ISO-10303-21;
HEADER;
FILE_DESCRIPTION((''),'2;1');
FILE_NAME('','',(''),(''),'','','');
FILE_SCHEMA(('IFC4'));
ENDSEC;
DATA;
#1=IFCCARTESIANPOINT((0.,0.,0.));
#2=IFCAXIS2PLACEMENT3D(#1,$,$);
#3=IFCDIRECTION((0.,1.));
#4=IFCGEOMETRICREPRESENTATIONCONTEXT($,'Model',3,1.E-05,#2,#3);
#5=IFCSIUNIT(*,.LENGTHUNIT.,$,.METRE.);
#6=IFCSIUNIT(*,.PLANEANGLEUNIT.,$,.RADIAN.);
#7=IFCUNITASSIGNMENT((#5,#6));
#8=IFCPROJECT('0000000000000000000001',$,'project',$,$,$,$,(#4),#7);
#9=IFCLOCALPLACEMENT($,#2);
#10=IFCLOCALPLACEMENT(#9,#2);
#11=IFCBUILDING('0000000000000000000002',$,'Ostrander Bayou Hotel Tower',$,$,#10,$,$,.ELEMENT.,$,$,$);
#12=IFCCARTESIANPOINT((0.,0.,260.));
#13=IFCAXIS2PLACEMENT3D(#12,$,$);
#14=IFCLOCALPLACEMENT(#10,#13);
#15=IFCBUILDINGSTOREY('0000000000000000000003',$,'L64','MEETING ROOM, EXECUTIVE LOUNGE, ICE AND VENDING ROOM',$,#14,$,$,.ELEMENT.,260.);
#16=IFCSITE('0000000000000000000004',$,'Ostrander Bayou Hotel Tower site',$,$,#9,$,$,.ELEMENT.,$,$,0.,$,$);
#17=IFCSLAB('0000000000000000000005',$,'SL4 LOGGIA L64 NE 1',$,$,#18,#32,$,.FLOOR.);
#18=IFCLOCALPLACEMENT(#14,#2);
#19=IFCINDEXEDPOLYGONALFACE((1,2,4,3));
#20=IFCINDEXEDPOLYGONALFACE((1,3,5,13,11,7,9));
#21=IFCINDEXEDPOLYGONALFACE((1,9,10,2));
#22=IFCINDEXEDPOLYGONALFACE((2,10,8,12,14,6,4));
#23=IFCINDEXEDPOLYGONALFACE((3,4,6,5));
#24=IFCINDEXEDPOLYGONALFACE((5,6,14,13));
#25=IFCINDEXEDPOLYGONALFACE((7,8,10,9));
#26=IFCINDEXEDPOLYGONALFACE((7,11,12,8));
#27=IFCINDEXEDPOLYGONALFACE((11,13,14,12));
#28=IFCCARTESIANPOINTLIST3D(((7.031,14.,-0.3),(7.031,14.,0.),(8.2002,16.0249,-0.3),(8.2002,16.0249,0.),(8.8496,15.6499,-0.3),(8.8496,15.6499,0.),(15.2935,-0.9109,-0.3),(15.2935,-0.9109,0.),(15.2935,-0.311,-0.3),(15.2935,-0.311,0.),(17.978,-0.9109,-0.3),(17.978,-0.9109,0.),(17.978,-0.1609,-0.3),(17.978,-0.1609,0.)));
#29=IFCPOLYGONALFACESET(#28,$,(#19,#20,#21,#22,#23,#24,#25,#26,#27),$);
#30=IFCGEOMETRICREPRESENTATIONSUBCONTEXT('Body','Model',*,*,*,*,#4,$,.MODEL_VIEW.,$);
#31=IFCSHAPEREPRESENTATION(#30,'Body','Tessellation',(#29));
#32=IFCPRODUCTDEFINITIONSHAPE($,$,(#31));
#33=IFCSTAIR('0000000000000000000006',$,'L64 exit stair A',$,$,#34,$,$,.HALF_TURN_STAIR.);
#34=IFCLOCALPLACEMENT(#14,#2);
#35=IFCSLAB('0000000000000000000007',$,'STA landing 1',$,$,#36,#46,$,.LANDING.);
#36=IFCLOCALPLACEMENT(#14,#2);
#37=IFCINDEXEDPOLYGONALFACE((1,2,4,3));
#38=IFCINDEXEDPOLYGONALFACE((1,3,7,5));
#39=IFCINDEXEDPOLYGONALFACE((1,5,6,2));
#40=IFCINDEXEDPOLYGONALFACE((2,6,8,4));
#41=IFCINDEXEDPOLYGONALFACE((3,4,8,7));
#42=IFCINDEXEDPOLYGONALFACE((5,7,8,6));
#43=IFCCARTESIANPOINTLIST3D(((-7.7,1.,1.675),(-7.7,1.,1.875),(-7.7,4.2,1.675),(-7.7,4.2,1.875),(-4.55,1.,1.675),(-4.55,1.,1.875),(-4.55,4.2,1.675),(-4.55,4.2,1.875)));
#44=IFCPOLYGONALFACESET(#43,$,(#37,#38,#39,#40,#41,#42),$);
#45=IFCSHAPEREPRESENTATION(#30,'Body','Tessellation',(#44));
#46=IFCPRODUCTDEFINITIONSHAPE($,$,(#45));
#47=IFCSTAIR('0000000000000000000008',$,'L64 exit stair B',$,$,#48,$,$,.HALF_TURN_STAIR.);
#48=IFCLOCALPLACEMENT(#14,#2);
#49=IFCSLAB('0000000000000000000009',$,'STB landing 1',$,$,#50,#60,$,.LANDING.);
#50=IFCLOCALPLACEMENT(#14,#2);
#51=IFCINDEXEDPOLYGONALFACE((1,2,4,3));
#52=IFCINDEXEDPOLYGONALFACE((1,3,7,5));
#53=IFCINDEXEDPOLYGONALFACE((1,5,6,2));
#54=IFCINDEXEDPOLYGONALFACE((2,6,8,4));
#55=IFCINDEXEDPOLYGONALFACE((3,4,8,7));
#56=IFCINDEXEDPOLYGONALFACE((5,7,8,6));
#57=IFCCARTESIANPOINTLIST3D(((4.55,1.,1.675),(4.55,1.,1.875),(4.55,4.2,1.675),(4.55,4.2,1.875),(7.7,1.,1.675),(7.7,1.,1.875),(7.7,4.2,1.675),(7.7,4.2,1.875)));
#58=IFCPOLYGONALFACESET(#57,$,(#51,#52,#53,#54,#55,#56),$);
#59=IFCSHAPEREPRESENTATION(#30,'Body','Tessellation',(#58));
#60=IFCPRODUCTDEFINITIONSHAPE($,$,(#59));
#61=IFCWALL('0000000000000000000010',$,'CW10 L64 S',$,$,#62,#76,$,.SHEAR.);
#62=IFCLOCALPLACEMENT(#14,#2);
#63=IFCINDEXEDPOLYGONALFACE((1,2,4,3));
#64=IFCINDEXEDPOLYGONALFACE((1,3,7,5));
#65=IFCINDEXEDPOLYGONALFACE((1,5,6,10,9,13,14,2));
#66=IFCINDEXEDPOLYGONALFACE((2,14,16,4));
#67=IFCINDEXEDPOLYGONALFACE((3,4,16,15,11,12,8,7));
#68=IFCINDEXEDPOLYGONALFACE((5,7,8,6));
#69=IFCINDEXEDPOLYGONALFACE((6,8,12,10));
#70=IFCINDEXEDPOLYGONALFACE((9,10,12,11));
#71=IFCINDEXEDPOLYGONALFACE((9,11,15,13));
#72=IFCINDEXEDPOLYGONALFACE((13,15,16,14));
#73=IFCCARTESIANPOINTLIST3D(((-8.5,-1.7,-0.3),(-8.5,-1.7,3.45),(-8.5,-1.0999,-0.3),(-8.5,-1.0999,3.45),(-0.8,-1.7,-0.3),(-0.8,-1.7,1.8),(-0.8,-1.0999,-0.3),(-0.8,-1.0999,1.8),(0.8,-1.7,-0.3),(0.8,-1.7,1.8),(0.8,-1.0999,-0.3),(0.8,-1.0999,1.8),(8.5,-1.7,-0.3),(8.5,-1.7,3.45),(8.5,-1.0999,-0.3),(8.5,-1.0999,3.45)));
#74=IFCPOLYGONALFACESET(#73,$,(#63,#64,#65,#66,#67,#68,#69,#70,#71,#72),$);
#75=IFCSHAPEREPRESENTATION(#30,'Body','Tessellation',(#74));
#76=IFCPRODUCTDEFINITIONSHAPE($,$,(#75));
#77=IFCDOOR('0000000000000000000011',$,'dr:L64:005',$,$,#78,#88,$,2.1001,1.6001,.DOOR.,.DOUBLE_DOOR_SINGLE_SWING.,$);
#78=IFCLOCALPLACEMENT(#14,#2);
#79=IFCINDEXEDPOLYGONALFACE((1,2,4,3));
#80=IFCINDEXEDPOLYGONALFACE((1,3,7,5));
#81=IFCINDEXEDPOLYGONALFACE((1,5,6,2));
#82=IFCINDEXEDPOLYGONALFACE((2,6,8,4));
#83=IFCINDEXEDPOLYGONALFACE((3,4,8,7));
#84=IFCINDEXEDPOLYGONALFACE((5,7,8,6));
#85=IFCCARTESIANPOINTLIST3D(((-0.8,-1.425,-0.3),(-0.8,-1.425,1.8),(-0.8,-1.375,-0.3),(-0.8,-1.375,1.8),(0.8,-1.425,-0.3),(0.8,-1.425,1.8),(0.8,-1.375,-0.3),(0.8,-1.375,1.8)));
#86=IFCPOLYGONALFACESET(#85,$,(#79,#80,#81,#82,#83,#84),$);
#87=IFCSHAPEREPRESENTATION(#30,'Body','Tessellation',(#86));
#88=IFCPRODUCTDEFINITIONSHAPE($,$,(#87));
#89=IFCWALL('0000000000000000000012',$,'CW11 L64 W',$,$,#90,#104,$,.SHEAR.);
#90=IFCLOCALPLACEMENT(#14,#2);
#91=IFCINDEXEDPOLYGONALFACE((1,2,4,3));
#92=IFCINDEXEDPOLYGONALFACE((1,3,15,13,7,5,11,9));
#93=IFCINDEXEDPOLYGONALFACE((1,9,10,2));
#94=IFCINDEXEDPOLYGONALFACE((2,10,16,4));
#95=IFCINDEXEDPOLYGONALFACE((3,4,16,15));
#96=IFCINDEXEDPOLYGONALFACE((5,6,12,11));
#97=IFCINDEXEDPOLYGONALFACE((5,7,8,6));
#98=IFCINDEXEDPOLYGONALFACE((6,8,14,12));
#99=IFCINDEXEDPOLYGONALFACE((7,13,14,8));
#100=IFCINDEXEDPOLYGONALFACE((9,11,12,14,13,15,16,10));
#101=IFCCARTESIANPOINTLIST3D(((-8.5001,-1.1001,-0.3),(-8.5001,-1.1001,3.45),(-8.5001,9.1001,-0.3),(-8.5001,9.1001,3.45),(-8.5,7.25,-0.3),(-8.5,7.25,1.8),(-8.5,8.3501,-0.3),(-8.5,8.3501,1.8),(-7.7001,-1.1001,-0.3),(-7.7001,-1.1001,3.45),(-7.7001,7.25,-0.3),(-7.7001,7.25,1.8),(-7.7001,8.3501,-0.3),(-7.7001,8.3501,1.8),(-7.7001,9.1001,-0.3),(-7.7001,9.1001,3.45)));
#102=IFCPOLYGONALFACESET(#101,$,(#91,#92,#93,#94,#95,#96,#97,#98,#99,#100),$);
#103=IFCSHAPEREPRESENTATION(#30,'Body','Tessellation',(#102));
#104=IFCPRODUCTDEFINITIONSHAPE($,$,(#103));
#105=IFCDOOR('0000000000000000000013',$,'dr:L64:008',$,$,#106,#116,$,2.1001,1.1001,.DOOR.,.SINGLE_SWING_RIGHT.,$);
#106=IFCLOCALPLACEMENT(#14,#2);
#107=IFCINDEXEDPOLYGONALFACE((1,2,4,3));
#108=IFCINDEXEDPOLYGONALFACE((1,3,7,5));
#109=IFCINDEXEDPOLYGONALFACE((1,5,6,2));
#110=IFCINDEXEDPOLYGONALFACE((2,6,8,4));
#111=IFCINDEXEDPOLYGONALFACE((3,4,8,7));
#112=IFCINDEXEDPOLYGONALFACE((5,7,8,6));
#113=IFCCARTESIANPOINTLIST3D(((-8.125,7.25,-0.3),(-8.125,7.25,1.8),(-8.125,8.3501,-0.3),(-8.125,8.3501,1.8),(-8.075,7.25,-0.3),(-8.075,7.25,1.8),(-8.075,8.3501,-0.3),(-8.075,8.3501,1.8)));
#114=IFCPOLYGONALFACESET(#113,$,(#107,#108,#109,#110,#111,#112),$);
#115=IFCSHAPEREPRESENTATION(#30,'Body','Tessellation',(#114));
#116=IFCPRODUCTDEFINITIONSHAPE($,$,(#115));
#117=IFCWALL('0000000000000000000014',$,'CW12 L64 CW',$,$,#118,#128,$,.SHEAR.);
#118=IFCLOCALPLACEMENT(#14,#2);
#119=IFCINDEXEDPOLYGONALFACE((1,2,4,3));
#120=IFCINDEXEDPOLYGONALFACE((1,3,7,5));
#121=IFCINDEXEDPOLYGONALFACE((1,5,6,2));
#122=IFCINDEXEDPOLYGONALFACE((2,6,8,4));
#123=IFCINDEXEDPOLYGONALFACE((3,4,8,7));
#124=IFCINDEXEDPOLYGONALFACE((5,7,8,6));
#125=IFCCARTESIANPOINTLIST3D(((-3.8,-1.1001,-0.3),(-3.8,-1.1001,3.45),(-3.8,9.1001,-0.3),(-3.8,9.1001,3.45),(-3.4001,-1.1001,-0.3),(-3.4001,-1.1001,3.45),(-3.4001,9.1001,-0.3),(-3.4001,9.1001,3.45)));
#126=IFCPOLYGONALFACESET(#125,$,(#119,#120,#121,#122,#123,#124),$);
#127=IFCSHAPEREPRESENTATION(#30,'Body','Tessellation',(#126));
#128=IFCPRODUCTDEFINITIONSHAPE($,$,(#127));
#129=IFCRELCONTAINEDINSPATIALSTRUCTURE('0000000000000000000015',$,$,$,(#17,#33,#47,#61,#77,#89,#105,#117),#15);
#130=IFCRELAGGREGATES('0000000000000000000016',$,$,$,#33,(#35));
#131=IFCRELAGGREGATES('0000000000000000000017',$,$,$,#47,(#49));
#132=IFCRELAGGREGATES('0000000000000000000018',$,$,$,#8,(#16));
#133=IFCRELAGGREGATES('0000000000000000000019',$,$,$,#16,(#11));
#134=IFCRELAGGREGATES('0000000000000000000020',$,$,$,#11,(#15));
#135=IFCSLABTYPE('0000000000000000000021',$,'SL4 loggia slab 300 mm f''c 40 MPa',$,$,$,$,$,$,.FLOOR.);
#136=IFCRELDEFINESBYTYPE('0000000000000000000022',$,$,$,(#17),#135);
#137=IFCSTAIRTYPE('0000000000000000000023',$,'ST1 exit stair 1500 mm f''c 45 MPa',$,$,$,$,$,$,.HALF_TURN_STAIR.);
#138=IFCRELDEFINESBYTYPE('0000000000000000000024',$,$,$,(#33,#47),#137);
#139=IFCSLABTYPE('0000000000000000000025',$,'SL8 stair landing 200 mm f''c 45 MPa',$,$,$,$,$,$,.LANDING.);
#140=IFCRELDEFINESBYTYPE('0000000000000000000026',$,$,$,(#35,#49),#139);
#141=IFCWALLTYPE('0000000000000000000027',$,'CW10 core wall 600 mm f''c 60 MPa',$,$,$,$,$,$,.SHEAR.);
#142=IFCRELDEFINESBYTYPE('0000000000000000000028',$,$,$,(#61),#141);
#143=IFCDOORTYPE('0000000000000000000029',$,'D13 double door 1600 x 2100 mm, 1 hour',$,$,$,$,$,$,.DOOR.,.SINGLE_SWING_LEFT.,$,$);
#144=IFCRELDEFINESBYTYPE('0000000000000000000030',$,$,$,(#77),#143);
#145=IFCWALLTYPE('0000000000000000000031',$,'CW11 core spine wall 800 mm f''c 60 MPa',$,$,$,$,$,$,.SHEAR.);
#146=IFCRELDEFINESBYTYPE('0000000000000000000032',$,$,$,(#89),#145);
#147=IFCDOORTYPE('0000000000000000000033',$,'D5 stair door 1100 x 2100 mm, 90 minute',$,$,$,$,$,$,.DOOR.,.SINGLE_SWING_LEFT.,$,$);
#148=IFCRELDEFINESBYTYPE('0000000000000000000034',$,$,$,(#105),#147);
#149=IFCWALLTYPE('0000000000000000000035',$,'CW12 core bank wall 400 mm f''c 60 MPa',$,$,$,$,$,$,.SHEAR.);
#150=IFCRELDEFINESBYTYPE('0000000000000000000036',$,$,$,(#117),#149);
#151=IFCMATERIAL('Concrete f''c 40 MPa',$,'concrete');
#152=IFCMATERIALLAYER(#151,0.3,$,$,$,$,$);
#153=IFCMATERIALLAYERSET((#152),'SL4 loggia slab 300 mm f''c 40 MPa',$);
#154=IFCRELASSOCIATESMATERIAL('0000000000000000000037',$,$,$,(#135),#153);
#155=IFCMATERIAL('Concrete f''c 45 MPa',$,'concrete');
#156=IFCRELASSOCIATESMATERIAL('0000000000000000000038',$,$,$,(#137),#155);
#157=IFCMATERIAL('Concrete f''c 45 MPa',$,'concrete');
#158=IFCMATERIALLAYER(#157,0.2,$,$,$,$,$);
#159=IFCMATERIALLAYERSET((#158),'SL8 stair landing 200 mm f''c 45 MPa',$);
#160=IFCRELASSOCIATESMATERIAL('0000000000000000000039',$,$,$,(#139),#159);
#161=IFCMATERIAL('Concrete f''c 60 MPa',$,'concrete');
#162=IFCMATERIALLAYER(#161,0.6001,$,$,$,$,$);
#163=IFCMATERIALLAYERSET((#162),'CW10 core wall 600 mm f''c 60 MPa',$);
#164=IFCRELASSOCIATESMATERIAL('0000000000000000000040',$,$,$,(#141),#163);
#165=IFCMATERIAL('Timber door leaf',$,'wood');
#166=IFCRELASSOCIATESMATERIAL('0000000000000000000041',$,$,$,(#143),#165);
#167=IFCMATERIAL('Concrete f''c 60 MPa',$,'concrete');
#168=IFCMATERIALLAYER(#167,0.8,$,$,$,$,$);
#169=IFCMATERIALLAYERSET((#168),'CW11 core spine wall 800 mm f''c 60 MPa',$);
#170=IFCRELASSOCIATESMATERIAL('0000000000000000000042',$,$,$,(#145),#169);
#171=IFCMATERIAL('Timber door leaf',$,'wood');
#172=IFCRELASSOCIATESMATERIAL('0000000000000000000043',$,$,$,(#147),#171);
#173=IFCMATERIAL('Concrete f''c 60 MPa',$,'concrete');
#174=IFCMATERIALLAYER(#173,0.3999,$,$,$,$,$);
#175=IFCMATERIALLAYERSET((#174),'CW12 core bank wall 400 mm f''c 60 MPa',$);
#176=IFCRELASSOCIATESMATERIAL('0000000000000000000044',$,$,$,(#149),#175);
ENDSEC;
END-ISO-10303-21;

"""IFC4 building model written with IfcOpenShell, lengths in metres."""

from ifc_helpers import new_model, si_unit, direction, frame, frame_2d, origin, place, context, subcontext, project, spatial, polyline, rectangle, outline, extrude, material, layer, layer_set, type_object, element, fill, aggregate, save


model = new_model("IFC4")

# Units and contexts
model_context = context("Model", 3, precision=1e-05, world=origin(), true_north=direction((0.0, 1.0)))
body_context = subcontext(model_context, "Body", "Model", "MODEL_VIEW")
ifc_project = project(units=[si_unit("LENGTHUNIT", "METRE"), si_unit("PLANEANGLEUNIT", "RADIAN")], contexts=[model_context])

# Site, building, storey
site_placement = place(None, origin())
site = spatial("IfcSite", under=ifc_project, at=site_placement, Name="Ostrander Bayou Hotel Tower site", CompositionType="ELEMENT", RefElevation=0.0)
building_placement = place(site_placement, origin())
building = spatial("IfcBuilding", under=site, at=building_placement, Name="Ostrander Bayou Hotel Tower", CompositionType="ELEMENT")
storey_placement = place(building_placement, frame((0.0, 0.0, 260.0)))
storey = spatial("IfcBuildingStorey", under=building, at=storey_placement, Name="L64", Description="MEETING ROOM, EXECUTIVE LOUNGE, ICE AND VENDING ROOM", CompositionType="ELEMENT", Elevation=260.0)

# Slab
ifc_material_1 = material(Name="Concrete f'c 40 MPa", Category="concrete")
ifc_layer_1 = layer(ifc_material_1, 0.3)
ifc_layer_set_1 = layer_set([ifc_layer_1], Name="SL4 loggia slab 300 mm f'c 40 MPa")
slab_type_1 = type_object("IfcSlabType", Name="SL4 loggia slab 300 mm f'c 40 MPa", PredefinedType="FLOOR", material=ifc_layer_set_1)
slab_1_placement = place(storey_placement, frame((0.0, 0.0, -0.3)))
element("IfcSlab", 1, at=slab_1_placement, inside=storey, type_object=slab_type_1, Name="SL4 LOGGIA L64 NE 1", PredefinedType="FLOOR", context=body_context, shape_type="SweptSolid", body=[
    extrude(outline(polyline([(8.2002, 16.0249), (8.8496, 15.6499), (17.978, -0.1609), (17.978, -0.9109), (15.2935, -0.9109), (15.2935, -0.311), (7.031, 14.0), (8.2002, 16.0249)])), origin(), (0.0, 0.0, 1.0), 0.3),
])

# Stairs, slabs
ifc_material_2 = material(Name="Concrete f'c 45 MPa", Category="concrete")
stair_type = type_object("IfcStairType", Name="ST1 exit stair 1500 mm f'c 45 MPa", PredefinedType="HALF_TURN_STAIR", material=ifc_material_2)
stair_1_placement = place(storey_placement, origin())
stair_1 = element("IfcStair", 2, at=stair_1_placement, inside=storey, type_object=stair_type, Name="L64 exit stair A", PredefinedType="HALF_TURN_STAIR")
ifc_material_3 = material(Name="Concrete f'c 45 MPa", Category="concrete")
ifc_layer_2 = layer(ifc_material_3, 0.2)
ifc_layer_set_2 = layer_set([ifc_layer_2], Name="SL8 stair landing 200 mm f'c 45 MPa")
slab_type_2 = type_object("IfcSlabType", Name="SL8 stair landing 200 mm f'c 45 MPa", PredefinedType="LANDING", material=ifc_layer_set_2)
slab_2_placement = place(storey_placement, frame((0.0, 0.0, 1.675)))
slab_2 = element("IfcSlab", 3, at=slab_2_placement, type_object=slab_type_2, Name="STA landing 1", PredefinedType="LANDING", context=body_context, shape_type="SweptSolid", body=[
    extrude(outline(polyline([(-7.7, 4.2), (-7.7, 1.0), (-4.55, 1.0), (-4.55, 4.2), (-7.7, 4.2)])), origin(), (0.0, 0.0, 1.0), 0.2),
])
aggregate(stair_1, [slab_2])
stair_2_placement = place(storey_placement, origin())
stair_2 = element("IfcStair", 4, at=stair_2_placement, inside=storey, type_object=stair_type, Name="L64 exit stair B", PredefinedType="HALF_TURN_STAIR")
slab_3_placement = place(storey_placement, frame((0.0, 0.0, 1.675)))
slab_3 = element("IfcSlab", 5, at=slab_3_placement, type_object=slab_type_2, Name="STB landing 1", PredefinedType="LANDING", context=body_context, shape_type="SweptSolid", body=[
    extrude(outline(polyline([(4.55, 4.2), (4.55, 1.0), (7.7, 1.0), (7.7, 4.2), (4.55, 4.2)])), origin(), (0.0, 0.0, 1.0), 0.2),
])
aggregate(stair_2, [slab_3])

# Walls, openings, doors
ifc_material_4 = material(Name="Concrete f'c 60 MPa", Category="concrete")
ifc_layer_3 = layer(ifc_material_4, 0.6001)
ifc_layer_set_3 = layer_set([ifc_layer_3], Name="CW10 core wall 600 mm f'c 60 MPa")
wall_type_1 = type_object("IfcWallType", Name="CW10 core wall 600 mm f'c 60 MPa", PredefinedType="SHEAR", material=ifc_layer_set_3)
wall_1_placement = place(storey_placement, frame((-8.5, -1.3999, -0.3), z_axis=(0.0, 0.0, 1.0), x_axis=(1.0, 0.0, 0.0)))
wall_1 = element("IfcWall", 6, at=wall_1_placement, inside=storey, type_object=wall_type_1, Name="CW10 L64 S", PredefinedType="SHEAR", context=body_context, shape_type="SweptSolid", body=[
    extrude(rectangle(XDim=17.0, YDim=0.6001, at=frame_2d((8.5, 0.0))), origin(), (0.0, 0.0, 1.0), 3.75),
])
opening_1_placement = place(wall_1_placement, frame((7.7, 0.0, 0.0)))
opening_1 = element("IfcOpeningElement", 7, at=opening_1_placement, cuts=wall_1, PredefinedType="OPENING", context=body_context, shape_type="SweptSolid", body=[
    extrude(rectangle(XDim=1.6001, YDim=2.1001, at=frame_2d((0.8, 1.05))), frame((0.0, 0.3, 0.0), z_axis=(0.0, -1.0, 0.0), x_axis=(1.0, 0.0, 0.0)), (0.0, 0.0, 1.0), 0.6001),
])
ifc_material_5 = material(Name="Timber door leaf", Category="wood")
door_type_1 = type_object("IfcDoorType", Name="D13 double door 1600 x 2100 mm, 1 hour", OperationType="SINGLE_SWING_LEFT", PredefinedType="DOOR", material=ifc_material_5)
door_1_placement = place(opening_1_placement, origin())
door_1 = element("IfcDoor", 8, at=door_1_placement, inside=storey, type_object=door_type_1, Name="dr:L64:005", OperationType="DOUBLE_DOOR_SINGLE_SWING", OverallHeight=2.1001, OverallWidth=1.6001, PredefinedType="DOOR", context=body_context, shape_type="SweptSolid", body=[
    extrude(rectangle(XDim=1.6001, YDim=2.1001, at=frame_2d((0.8, 1.05))), frame((0.0, 0.0249, 0.0), z_axis=(0.0, -1.0, 0.0), x_axis=(1.0, 0.0, 0.0)), (0.0, 0.0, 1.0), 0.05),
])
fill(opening_1, door_1)
ifc_material_6 = material(Name="Concrete f'c 60 MPa", Category="concrete")
ifc_layer_4 = layer(ifc_material_6, 0.8)
ifc_layer_set_4 = layer_set([ifc_layer_4], Name="CW11 core spine wall 800 mm f'c 60 MPa")
wall_type_2 = type_object("IfcWallType", Name="CW11 core spine wall 800 mm f'c 60 MPa", PredefinedType="SHEAR", material=ifc_layer_set_4)
wall_2_placement = place(storey_placement, frame((-8.1001, -1.1001, -0.3), z_axis=(0.0, 0.0, 1.0), x_axis=(0.0, 1.0, 0.0)))
wall_2 = element("IfcWall", 9, at=wall_2_placement, inside=storey, type_object=wall_type_2, Name="CW11 L64 W", PredefinedType="SHEAR", context=body_context, shape_type="SweptSolid", body=[
    extrude(rectangle(XDim=10.2002, YDim=0.8, at=frame_2d((5.1001, 0.0))), origin(), (0.0, 0.0, 1.0), 3.75),
])
opening_2_placement = place(wall_2_placement, frame((8.3501, 0.0, 0.0)))
opening_2 = element("IfcOpeningElement", 10, at=opening_2_placement, cuts=wall_2, PredefinedType="OPENING", context=body_context, shape_type="SweptSolid", body=[
    extrude(rectangle(XDim=1.1001, YDim=2.1001, at=frame_2d((0.55, 1.05))), frame((0.0, 0.3999, 0.0), z_axis=(0.0, -1.0, 0.0), x_axis=(1.0, 0.0, 0.0)), (0.0, 0.0, 1.0), 0.8),
])
ifc_material_7 = material(Name="Timber door leaf", Category="wood")
door_type_2 = type_object("IfcDoorType", Name="D5 stair door 1100 x 2100 mm, 90 minute", OperationType="SINGLE_SWING_LEFT", PredefinedType="DOOR", material=ifc_material_7)
door_2_placement = place(opening_2_placement, origin())
door_2 = element("IfcDoor", 11, at=door_2_placement, inside=storey, type_object=door_type_2, Name="dr:L64:008", OperationType="SINGLE_SWING_RIGHT", OverallHeight=2.1001, OverallWidth=1.1001, PredefinedType="DOOR", context=body_context, shape_type="SweptSolid", body=[
    extrude(rectangle(XDim=1.1001, YDim=2.1001, at=frame_2d((0.55, 1.05))), frame((0.0, 0.0249, 0.0), z_axis=(0.0, -1.0, 0.0), x_axis=(1.0, 0.0, 0.0)), (0.0, 0.0, 1.0), 0.05),
])
fill(opening_2, door_2)

# Wall
ifc_material_8 = material(Name="Concrete f'c 60 MPa", Category="concrete")
ifc_layer_5 = layer(ifc_material_8, 0.3999)
ifc_layer_set_5 = layer_set([ifc_layer_5], Name="CW12 core bank wall 400 mm f'c 60 MPa")
wall_type_3 = type_object("IfcWallType", Name="CW12 core bank wall 400 mm f'c 60 MPa", PredefinedType="SHEAR", material=ifc_layer_set_5)
wall_3_placement = place(storey_placement, frame((-3.6001, -1.1001, -0.3), z_axis=(0.0, 0.0, 1.0), x_axis=(0.0, 1.0, 0.0)))
element("IfcWall", 12, at=wall_3_placement, inside=storey, type_object=wall_type_3, Name="CW12 L64 CW", PredefinedType="SHEAR", context=body_context, shape_type="SweptSolid", body=[
    extrude(rectangle(XDim=10.2002, YDim=0.3999, at=frame_2d((5.1001, 0.0))), origin(), (0.0, 0.0, 1.0), 3.75),
])

save(model, "model.ifc")
